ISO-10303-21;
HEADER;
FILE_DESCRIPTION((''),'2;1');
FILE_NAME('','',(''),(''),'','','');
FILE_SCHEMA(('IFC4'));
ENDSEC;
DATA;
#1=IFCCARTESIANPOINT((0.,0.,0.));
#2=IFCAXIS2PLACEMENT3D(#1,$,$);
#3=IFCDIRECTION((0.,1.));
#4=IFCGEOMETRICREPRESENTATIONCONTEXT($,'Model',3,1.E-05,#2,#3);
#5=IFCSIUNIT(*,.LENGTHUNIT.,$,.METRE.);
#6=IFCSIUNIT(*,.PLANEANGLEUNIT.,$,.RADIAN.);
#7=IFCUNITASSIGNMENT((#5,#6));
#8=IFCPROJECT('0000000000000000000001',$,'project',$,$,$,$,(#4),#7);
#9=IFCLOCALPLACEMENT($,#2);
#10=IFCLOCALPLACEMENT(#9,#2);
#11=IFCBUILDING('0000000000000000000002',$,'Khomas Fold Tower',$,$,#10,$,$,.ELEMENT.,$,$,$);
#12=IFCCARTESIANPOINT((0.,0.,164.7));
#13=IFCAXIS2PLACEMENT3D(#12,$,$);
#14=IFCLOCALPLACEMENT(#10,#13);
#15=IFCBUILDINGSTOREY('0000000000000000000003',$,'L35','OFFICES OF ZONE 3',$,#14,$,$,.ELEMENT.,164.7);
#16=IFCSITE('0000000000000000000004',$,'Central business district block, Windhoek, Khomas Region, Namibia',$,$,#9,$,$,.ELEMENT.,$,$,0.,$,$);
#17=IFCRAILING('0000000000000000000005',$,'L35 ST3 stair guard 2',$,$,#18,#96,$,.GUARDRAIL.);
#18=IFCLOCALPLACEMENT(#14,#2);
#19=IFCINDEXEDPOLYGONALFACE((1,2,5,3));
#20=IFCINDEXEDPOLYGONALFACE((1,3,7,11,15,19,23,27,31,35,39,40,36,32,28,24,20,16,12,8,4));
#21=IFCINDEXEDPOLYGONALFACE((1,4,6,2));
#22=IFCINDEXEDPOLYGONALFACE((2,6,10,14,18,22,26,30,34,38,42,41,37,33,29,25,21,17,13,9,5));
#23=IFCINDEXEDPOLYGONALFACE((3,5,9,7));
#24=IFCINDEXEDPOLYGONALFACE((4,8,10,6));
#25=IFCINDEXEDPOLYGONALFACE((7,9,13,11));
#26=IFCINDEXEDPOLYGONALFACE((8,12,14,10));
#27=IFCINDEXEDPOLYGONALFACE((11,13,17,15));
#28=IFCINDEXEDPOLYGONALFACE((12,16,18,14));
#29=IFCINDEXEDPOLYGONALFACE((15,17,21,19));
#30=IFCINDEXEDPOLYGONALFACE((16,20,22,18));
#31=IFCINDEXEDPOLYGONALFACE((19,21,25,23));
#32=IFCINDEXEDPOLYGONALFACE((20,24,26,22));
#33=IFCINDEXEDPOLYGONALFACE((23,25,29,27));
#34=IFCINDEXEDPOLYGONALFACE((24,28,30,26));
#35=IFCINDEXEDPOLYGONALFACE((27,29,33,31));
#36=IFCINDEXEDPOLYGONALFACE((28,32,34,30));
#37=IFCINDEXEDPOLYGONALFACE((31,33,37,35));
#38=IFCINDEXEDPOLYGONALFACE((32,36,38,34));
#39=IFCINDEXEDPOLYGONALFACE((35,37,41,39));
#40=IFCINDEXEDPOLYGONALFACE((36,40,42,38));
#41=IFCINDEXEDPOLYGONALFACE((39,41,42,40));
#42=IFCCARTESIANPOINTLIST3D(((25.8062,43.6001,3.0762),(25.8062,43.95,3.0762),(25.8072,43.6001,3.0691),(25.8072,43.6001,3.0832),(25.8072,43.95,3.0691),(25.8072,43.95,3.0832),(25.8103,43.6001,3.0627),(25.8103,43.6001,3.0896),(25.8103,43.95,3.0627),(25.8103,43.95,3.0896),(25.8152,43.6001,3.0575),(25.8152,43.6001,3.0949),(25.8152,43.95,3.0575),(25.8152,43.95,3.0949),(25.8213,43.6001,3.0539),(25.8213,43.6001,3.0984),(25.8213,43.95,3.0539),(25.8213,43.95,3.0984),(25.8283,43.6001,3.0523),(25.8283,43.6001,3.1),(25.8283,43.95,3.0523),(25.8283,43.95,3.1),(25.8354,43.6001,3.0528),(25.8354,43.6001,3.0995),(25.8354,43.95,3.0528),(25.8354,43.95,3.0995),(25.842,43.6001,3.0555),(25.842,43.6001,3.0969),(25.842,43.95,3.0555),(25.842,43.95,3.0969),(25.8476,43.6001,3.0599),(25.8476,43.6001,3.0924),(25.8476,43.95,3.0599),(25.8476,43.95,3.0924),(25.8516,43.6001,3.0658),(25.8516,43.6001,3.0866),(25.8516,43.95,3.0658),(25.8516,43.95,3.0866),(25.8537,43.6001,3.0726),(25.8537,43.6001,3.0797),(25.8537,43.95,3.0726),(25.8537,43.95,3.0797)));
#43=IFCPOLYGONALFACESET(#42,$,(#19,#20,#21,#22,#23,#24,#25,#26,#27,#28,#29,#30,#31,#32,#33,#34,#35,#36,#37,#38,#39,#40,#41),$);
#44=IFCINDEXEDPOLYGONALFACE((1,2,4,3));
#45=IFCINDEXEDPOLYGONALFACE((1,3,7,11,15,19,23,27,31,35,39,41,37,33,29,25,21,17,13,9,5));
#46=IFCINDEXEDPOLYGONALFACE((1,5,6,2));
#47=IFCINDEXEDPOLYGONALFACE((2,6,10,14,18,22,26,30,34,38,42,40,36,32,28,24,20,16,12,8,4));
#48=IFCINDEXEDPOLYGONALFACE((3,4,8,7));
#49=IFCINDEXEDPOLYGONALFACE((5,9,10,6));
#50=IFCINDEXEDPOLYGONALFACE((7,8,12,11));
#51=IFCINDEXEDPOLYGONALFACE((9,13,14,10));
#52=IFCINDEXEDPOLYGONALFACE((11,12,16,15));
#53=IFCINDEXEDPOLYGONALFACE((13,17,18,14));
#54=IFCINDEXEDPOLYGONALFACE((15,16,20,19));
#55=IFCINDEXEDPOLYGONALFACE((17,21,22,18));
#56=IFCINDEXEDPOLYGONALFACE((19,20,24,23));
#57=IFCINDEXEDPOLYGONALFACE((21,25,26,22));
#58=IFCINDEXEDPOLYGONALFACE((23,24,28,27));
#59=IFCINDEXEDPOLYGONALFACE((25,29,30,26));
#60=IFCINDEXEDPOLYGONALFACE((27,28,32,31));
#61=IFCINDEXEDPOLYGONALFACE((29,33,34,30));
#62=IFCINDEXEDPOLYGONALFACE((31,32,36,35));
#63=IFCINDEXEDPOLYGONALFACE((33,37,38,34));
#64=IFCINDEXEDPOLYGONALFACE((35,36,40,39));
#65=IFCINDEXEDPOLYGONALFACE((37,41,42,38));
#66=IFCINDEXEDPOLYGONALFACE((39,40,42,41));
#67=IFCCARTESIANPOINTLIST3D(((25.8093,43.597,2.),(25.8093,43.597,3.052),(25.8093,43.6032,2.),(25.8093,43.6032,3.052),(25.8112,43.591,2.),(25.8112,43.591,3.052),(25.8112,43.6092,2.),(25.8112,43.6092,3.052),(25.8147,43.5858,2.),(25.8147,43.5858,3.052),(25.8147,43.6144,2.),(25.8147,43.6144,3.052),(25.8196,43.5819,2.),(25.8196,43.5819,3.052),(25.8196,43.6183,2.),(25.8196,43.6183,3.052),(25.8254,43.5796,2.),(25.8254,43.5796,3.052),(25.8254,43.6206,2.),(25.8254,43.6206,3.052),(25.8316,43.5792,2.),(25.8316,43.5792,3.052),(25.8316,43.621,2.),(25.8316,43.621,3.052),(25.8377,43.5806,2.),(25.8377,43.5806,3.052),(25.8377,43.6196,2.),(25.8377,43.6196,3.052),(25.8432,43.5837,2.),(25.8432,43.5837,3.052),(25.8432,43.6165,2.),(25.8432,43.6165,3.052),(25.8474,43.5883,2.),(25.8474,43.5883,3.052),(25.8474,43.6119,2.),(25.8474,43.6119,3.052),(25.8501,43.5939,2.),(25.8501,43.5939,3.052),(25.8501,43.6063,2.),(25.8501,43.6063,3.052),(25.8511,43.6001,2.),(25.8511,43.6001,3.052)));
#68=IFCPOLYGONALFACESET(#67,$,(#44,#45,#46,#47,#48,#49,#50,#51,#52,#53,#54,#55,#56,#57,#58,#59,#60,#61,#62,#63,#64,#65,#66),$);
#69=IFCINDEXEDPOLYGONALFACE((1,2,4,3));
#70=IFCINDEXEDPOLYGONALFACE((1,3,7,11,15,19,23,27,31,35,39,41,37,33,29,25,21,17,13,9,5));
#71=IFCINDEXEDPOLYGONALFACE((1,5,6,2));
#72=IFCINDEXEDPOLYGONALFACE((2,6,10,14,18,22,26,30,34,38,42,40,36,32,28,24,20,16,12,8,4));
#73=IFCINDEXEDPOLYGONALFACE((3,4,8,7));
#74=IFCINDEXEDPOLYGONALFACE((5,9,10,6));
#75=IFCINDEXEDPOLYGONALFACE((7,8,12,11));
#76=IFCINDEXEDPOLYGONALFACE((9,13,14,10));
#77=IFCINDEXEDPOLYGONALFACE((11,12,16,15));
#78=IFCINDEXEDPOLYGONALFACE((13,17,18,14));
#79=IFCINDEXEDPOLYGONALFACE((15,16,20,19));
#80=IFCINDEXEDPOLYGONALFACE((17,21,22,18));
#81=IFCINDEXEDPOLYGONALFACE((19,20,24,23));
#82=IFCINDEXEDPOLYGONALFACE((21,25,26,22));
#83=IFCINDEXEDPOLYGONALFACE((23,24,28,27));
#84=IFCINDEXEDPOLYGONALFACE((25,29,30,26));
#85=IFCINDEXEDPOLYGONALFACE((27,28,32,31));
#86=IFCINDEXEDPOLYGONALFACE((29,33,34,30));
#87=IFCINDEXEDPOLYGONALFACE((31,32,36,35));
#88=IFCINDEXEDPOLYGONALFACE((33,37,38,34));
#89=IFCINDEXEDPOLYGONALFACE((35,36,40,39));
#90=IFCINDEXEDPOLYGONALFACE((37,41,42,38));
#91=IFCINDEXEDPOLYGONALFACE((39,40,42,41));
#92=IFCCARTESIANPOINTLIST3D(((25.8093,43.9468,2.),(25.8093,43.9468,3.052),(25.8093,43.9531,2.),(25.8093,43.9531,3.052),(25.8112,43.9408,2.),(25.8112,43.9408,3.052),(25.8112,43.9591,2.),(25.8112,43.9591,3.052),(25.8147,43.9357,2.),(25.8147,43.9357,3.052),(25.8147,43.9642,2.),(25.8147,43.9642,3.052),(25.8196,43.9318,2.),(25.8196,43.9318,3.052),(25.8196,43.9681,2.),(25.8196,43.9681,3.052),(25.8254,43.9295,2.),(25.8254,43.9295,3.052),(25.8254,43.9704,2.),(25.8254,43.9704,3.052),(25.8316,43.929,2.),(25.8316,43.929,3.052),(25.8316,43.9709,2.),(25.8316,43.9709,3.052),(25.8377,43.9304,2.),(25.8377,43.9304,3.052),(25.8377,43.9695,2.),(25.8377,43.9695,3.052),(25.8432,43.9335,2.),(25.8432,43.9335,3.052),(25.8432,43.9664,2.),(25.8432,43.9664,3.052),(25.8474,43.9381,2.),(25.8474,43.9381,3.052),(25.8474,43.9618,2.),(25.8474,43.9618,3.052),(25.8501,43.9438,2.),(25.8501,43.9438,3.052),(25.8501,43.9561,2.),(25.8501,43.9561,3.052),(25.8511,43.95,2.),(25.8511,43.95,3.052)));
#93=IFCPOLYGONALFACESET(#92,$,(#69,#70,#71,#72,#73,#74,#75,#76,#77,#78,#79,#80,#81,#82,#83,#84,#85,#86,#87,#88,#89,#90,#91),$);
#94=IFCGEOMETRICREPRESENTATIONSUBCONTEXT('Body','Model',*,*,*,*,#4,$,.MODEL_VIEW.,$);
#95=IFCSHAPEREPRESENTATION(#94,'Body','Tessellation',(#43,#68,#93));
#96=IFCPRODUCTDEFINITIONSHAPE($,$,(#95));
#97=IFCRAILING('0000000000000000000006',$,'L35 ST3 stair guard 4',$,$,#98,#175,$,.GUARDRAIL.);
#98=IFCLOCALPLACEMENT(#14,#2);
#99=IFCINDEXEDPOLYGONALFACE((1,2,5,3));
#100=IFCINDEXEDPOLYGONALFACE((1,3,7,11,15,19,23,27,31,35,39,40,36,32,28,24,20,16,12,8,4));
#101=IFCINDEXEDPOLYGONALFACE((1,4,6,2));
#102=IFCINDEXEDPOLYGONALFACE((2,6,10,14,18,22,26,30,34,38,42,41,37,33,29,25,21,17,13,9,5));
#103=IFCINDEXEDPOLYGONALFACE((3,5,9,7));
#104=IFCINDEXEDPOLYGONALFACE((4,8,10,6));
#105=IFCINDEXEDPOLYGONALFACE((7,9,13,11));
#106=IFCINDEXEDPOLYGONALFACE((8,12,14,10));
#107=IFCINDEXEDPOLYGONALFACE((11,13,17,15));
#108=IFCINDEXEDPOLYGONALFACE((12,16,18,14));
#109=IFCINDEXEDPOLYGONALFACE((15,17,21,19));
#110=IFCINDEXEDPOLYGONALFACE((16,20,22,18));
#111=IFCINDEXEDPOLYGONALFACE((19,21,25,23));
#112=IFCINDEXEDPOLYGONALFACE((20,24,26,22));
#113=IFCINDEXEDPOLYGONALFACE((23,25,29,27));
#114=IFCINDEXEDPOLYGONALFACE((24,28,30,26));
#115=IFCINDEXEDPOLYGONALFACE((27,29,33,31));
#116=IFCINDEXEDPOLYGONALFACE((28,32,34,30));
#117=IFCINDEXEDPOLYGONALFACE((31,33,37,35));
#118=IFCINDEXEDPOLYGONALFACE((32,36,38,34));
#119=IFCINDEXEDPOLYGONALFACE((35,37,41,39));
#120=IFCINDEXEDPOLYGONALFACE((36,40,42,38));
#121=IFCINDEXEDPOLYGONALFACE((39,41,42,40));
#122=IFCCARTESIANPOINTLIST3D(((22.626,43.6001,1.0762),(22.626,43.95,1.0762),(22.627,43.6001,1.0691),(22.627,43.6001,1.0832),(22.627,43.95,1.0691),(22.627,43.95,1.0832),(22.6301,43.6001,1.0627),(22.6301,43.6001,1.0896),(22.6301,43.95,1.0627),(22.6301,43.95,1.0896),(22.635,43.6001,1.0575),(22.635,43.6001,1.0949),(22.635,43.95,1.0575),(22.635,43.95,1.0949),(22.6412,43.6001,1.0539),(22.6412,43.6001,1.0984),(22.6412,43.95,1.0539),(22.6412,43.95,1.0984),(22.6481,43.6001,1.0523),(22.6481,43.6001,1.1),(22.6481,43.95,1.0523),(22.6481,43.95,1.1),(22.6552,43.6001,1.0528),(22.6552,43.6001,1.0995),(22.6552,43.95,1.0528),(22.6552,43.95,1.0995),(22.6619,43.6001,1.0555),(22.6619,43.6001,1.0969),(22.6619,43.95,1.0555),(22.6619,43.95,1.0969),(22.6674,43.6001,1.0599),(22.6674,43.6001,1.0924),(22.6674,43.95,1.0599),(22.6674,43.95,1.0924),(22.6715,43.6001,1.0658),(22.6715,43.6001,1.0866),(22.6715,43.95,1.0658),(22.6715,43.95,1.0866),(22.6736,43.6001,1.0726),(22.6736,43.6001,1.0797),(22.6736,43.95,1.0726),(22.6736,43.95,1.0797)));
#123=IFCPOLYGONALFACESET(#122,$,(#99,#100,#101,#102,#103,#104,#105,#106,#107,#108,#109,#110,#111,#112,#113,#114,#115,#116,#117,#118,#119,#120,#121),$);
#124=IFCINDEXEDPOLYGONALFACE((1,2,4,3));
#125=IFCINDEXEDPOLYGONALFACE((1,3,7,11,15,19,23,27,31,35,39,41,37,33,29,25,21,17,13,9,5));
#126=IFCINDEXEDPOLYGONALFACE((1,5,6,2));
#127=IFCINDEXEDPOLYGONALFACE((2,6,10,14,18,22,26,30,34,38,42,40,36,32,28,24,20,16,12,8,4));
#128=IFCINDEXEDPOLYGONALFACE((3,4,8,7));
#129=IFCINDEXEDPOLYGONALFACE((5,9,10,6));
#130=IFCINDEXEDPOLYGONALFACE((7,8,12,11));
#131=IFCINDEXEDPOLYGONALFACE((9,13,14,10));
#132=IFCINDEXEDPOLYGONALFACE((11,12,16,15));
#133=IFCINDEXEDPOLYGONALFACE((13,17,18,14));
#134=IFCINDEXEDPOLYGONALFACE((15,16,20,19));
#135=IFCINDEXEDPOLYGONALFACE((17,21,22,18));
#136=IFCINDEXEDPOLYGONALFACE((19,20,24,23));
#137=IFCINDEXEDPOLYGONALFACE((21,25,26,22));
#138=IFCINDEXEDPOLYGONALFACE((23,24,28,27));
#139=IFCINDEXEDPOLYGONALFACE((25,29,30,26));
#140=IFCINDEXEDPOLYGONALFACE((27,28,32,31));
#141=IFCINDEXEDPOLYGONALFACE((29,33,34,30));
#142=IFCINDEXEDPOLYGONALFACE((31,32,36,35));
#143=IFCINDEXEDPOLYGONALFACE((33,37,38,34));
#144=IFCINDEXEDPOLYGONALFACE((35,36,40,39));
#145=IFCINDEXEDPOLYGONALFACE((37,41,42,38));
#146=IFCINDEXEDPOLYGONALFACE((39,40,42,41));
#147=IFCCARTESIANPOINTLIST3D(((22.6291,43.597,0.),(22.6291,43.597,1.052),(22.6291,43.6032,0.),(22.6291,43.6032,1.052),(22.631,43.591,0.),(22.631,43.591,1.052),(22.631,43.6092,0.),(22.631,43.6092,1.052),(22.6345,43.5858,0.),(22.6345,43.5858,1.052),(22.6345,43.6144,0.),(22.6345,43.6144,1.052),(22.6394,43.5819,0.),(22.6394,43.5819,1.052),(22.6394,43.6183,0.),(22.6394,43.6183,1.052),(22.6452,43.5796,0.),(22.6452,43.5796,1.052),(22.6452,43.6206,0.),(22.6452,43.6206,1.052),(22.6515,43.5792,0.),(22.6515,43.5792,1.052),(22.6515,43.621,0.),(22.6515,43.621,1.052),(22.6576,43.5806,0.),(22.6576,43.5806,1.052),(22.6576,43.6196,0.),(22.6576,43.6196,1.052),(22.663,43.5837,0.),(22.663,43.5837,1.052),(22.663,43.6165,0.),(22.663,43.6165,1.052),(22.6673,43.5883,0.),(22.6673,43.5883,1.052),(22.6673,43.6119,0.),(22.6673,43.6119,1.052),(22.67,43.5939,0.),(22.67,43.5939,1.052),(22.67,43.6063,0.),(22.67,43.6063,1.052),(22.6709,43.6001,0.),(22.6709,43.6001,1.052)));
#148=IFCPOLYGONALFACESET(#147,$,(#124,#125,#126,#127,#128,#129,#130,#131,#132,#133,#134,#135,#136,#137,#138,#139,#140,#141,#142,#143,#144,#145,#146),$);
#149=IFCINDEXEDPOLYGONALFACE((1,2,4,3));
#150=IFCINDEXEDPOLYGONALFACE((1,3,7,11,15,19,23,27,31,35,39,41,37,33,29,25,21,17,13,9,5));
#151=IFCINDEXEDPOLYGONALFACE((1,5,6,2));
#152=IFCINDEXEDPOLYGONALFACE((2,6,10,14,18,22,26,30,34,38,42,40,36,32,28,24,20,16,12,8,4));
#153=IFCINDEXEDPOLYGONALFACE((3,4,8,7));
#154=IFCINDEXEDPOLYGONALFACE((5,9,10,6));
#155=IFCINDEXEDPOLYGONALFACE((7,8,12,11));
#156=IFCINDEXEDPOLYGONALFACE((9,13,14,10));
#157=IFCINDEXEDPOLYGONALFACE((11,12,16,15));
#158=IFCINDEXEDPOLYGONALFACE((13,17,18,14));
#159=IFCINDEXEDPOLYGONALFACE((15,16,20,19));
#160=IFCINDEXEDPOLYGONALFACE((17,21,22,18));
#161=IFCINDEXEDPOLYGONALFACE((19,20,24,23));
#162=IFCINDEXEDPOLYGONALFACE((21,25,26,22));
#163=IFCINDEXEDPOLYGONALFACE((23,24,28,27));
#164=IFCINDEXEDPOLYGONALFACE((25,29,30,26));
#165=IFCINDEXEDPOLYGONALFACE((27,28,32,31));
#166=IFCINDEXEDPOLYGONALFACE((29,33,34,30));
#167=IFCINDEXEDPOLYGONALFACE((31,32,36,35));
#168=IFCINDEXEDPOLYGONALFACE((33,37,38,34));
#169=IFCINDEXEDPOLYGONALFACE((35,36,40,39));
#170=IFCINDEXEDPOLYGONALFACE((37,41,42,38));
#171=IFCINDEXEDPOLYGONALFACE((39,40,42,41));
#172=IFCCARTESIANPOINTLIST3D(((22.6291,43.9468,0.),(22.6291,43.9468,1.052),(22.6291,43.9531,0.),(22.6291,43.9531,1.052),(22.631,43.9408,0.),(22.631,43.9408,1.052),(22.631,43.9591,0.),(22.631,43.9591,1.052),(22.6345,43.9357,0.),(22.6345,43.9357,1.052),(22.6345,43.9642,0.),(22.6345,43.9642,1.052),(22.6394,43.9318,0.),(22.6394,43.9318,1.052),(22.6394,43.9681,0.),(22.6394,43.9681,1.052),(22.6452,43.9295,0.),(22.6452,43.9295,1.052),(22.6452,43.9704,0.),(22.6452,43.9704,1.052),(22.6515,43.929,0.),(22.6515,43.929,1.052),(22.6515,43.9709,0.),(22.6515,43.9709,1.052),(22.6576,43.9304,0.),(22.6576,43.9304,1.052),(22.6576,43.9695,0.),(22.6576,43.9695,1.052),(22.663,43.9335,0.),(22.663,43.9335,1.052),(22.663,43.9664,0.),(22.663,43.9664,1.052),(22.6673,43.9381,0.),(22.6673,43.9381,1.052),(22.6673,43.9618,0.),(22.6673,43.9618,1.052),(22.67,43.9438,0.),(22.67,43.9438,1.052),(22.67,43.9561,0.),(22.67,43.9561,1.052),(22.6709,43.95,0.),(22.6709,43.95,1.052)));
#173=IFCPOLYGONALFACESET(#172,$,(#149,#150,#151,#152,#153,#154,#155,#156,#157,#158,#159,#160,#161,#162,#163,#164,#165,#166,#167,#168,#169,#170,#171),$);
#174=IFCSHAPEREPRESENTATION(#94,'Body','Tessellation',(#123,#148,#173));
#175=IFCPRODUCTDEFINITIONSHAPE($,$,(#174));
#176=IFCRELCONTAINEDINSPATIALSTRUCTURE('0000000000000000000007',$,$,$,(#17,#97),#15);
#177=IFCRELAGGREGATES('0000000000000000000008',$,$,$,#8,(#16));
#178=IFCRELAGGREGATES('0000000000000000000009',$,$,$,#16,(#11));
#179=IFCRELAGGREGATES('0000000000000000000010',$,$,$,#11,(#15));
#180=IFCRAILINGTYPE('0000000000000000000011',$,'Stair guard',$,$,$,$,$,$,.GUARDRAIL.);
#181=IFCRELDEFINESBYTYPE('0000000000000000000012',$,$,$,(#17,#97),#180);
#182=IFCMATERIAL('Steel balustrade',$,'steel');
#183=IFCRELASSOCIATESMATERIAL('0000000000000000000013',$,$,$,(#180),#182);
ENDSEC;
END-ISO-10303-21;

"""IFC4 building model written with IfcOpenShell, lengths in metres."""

from ifc_helpers import new_model, si_unit, direction, frame, origin, origin_2d, place, context, subcontext, project, spatial, circle, extrude, source, transform, mapped, material, type_object, element, save


model = new_model("IFC4")

# Units and contexts
model_context = context("Model", 3, precision=1e-05, world=origin(), true_north=direction((0.0, 1.0)))
body_context = subcontext(model_context, "Body", "Model", "MODEL_VIEW")
ifc_project = project(units=[si_unit("LENGTHUNIT", "METRE"), si_unit("PLANEANGLEUNIT", "RADIAN")], contexts=[model_context])

# Site, building, storey
site_placement = place(None, origin())
site = spatial("IfcSite", under=ifc_project, at=site_placement, Name="Central business district block, Windhoek, Khomas Region, Namibia", CompositionType="ELEMENT", RefElevation=0.0)
building_placement = place(site_placement, origin())
building = spatial("IfcBuilding", under=site, at=building_placement, Name="Khomas Fold Tower", CompositionType="ELEMENT")
storey_placement = place(building_placement, frame((0.0, 0.0, 164.7)))
storey = spatial("IfcBuildingStorey", under=building, at=storey_placement, Name="L35", Description="OFFICES OF ZONE 3", CompositionType="ELEMENT", Elevation=164.7)

# Railings
ifc_material_1 = material(Name="Steel balustrade", Category="steel")
railing_type_1 = type_object("IfcRailingType", Name="Stair guard", PredefinedType="GUARDRAIL", material=ifc_material_1)
shared_shape_1 = source(origin(), body_context, "Body", "SweptSolid", [
    extrude(circle(Radius=0.0239, at=origin_2d()), frame((0.0, 0.0, 1.0762), z_axis=(0.0, 1.0, 0.0), x_axis=(-1.0, 0.0, 0.0)), (0.0, 0.0, 1.0), 0.3499),
    extrude(circle(Radius=0.021, at=origin_2d()), origin(), (0.0, 0.0, 1.0), 1.052),
    extrude(circle(Radius=0.021, at=origin_2d()), frame((0.0, 0.3499, 0.0)), (0.0, 0.0, 1.0), 1.052),
])
for number, where, name in (
    (1, (25.8301, 43.6001, 2.0), "L35 ST3 stair guard 2"),
    (2, (22.6499, 43.6001, 0.0), "L35 ST3 stair guard 4"),
):
    element("IfcRailing", number, at=place(storey_placement, frame(where)), inside=storey, type_object=railing_type_1, Name=name, PredefinedType="GUARDRAIL", context=body_context, shape_type="MappedRepresentation", body=[
        mapped(shared_shape_1, transform((0.0, 0.0, 0.0))),
    ])

save(model, "model.ifc")
